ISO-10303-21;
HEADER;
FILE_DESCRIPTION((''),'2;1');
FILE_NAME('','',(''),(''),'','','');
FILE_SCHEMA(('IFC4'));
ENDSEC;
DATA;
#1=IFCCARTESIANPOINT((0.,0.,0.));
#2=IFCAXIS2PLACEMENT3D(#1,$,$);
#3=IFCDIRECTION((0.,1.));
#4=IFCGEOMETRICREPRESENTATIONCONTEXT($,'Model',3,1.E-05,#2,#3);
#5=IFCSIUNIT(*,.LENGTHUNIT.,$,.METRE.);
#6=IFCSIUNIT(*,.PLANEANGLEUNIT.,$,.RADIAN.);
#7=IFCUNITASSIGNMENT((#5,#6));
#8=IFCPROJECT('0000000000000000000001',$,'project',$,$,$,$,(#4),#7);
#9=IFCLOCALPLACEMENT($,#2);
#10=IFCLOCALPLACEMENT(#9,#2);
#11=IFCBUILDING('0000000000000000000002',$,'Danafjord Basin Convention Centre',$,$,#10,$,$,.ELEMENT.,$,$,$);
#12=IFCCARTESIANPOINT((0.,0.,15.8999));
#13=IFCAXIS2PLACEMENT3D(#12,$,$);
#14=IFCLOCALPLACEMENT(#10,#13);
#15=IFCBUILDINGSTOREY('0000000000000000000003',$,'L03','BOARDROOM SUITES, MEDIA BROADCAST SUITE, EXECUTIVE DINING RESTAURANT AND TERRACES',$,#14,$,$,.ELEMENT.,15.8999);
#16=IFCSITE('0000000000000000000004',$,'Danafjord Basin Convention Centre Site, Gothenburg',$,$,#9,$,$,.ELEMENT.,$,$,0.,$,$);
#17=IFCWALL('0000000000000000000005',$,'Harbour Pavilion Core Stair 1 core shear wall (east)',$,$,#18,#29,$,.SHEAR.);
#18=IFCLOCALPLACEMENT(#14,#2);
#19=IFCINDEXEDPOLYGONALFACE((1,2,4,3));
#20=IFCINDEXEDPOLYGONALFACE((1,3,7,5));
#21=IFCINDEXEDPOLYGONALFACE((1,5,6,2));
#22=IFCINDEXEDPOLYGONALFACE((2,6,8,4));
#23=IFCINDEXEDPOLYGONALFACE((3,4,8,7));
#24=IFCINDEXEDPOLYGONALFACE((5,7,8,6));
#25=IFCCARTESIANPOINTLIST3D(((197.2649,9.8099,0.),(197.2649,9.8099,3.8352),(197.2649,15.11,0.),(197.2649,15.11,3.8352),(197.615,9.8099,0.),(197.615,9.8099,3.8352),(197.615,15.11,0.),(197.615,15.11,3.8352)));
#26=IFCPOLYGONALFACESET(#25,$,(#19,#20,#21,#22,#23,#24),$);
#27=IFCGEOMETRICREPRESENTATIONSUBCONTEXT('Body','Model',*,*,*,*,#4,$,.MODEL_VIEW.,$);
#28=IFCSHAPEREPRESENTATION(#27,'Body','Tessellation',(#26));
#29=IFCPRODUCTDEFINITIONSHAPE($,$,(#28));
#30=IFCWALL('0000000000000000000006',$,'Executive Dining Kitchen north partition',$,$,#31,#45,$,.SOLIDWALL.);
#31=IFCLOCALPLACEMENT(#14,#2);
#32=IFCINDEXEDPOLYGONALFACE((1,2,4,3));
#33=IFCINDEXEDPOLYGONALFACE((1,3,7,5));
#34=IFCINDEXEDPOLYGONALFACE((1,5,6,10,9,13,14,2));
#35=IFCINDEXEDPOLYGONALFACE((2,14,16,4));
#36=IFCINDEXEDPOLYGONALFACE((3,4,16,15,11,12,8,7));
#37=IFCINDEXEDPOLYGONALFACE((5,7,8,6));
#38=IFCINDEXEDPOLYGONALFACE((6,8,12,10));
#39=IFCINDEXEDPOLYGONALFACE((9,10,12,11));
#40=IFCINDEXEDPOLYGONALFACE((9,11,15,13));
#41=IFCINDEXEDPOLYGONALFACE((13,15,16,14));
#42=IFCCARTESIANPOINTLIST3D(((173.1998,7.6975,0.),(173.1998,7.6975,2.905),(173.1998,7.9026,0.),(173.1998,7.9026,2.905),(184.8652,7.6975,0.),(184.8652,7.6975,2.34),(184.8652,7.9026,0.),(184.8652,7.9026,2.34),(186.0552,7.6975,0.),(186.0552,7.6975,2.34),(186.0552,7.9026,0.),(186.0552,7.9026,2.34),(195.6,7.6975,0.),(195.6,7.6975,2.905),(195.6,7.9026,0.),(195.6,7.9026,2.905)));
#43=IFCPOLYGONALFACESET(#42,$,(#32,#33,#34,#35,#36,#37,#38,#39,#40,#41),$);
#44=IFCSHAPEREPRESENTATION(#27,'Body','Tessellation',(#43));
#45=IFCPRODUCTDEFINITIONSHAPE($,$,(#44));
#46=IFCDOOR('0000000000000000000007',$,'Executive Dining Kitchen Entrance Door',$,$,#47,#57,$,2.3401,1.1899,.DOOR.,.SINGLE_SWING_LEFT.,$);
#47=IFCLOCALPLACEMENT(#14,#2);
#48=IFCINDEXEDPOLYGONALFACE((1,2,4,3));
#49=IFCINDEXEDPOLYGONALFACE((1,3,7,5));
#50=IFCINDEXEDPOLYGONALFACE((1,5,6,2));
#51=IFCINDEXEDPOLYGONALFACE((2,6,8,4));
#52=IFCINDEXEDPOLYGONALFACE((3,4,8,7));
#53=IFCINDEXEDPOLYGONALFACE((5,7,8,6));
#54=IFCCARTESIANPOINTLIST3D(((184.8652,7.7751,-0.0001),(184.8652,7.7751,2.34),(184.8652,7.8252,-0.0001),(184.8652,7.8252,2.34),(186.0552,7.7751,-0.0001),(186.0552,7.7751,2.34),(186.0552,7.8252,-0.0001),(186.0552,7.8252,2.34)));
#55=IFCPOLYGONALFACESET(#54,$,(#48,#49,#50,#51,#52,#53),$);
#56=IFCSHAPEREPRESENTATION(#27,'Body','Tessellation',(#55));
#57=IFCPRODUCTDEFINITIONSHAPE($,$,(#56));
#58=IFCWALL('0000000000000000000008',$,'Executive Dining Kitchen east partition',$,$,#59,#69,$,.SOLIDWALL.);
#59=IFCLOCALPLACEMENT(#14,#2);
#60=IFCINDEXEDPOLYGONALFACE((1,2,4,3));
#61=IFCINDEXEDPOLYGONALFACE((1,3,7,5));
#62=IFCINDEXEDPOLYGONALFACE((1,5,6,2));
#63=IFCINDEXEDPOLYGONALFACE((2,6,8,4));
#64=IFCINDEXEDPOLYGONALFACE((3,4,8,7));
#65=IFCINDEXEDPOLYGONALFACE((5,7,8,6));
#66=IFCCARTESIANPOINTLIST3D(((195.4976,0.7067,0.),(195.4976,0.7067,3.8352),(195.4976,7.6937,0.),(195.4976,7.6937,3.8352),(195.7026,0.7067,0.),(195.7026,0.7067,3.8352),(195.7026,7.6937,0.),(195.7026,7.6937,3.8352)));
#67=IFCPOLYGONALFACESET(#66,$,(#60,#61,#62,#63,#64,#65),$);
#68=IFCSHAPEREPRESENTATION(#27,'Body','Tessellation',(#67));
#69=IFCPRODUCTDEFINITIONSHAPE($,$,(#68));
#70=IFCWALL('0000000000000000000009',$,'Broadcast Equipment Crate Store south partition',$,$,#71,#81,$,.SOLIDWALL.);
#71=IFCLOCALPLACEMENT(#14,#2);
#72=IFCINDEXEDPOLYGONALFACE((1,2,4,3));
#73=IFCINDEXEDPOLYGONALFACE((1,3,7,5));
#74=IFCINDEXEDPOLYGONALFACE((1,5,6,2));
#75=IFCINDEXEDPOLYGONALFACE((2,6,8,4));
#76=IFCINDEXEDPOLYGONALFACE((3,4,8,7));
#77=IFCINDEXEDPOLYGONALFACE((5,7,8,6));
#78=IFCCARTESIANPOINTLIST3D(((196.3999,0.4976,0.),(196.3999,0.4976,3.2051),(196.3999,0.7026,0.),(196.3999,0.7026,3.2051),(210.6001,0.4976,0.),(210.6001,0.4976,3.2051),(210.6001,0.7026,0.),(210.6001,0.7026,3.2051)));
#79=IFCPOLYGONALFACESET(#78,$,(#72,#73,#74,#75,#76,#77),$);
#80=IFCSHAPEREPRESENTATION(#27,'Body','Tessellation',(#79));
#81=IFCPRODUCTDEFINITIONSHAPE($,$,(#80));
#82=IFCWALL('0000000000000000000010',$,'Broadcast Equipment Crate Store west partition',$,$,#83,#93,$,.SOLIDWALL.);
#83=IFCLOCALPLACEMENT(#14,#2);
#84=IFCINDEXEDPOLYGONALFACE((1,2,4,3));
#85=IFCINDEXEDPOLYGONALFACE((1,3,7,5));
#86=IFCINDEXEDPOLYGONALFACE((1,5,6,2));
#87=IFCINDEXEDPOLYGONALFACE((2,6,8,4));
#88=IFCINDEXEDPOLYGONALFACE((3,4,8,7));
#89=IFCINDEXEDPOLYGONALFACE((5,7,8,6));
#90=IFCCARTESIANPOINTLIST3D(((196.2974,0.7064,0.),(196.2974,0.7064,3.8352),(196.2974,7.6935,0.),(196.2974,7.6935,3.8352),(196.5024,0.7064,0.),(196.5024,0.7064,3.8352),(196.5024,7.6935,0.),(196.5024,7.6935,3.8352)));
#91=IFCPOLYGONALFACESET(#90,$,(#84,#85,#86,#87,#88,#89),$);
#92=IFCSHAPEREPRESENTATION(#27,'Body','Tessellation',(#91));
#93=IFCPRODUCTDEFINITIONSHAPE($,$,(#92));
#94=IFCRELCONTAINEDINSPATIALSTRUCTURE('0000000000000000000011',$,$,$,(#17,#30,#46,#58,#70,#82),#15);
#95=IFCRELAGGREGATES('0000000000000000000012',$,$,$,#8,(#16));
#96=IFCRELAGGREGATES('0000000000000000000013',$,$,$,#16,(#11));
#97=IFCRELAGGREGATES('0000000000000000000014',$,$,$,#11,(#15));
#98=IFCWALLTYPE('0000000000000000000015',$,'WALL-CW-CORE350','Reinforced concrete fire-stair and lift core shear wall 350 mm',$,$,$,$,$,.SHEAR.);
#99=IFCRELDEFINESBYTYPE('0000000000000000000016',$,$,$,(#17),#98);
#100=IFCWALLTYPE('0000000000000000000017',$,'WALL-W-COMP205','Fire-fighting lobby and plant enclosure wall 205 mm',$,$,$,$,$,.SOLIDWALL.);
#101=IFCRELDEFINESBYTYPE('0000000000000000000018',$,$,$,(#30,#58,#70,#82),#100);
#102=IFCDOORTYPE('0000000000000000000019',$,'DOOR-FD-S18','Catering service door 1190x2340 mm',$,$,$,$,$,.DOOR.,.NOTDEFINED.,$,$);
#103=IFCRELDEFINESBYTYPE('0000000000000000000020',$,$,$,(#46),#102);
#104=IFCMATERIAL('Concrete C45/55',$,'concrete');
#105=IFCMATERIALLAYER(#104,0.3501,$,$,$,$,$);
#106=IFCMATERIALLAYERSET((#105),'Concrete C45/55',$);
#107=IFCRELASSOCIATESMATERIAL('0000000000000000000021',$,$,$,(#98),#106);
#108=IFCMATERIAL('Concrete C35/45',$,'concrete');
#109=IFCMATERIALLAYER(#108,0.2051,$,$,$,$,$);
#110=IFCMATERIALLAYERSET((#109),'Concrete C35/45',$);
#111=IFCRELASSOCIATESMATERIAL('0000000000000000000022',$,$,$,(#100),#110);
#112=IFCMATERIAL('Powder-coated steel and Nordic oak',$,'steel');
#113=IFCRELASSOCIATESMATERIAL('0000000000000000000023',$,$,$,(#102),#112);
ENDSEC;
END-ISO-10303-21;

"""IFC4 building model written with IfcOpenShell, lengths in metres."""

from ifc_helpers import new_model, si_unit, direction, frame, frame_2d, origin, place, context, subcontext, project, spatial, rectangle, extrude, material, layer, layer_set, type_object, element, fill, save


model = new_model("IFC4")

# Units and contexts
model_context = context("Model", 3, precision=1e-05, world=origin(), true_north=direction((0.0, 1.0)))
body_context = subcontext(model_context, "Body", "Model", "MODEL_VIEW")
ifc_project = project(units=[si_unit("LENGTHUNIT", "METRE"), si_unit("PLANEANGLEUNIT", "RADIAN")], contexts=[model_context])

# Site, building, storey
site_placement = place(None, origin())
site = spatial("IfcSite", under=ifc_project, at=site_placement, Name="Danafjord Basin Convention Centre Site, Gothenburg", CompositionType="ELEMENT", RefElevation=0.0)
building_placement = place(site_placement, origin())
building = spatial("IfcBuilding", under=site, at=building_placement, Name="Danafjord Basin Convention Centre", CompositionType="ELEMENT")
storey_placement = place(building_placement, frame((0.0, 0.0, 15.8999)))
storey = spatial("IfcBuildingStorey", under=building, at=storey_placement, Name="L03", Description="BOARDROOM SUITES, MEDIA BROADCAST SUITE, EXECUTIVE DINING RESTAURANT AND TERRACES", CompositionType="ELEMENT", Elevation=15.8999)

# Wall
ifc_material_1 = material(Name="Concrete C45/55", Category="concrete")
ifc_layer_1 = layer(ifc_material_1, 0.3501)
ifc_layer_set_1 = layer_set([ifc_layer_1], Name="Concrete C45/55")
wall_type_1 = type_object("IfcWallType", Name="WALL-CW-CORE350", Description="Reinforced concrete fire-stair and lift core shear wall 350 mm", PredefinedType="SHEAR", material=ifc_layer_set_1)
wall_1_placement = place(storey_placement, frame((197.4399, 9.8101, 0.0), z_axis=(0.0, 0.0, 1.0), x_axis=(0.0, 1.0, 0.0)))
element("IfcWall", 1, at=wall_1_placement, inside=storey, type_object=wall_type_1, Name="Harbour Pavilion Core Stair 1 core shear wall (east)", PredefinedType="SHEAR", context=body_context, shape_type="SweptSolid", body=[
    extrude(rectangle(XDim=5.3, YDim=0.3501, at=frame_2d((2.6499, 0.0))), origin(), (0.0, 0.0, 1.0), 3.8352),
])

# Wall, opening, door
ifc_material_2 = material(Name="Concrete C35/45", Category="concrete")
ifc_layer_2 = layer(ifc_material_2, 0.2051)
ifc_layer_set_2 = layer_set([ifc_layer_2], Name="Concrete C35/45")
wall_type_2 = type_object("IfcWallType", Name="WALL-W-COMP205", Description="Fire-fighting lobby and plant enclosure wall 205 mm", PredefinedType="SOLIDWALL", material=ifc_layer_set_2)
wall_2_placement = place(storey_placement, frame((195.6001, 7.8, 0.0), z_axis=(0.0, 0.0, 1.0), x_axis=(-1.0, 0.0, 0.0)))
wall_2 = element("IfcWall", 2, at=wall_2_placement, inside=storey, type_object=wall_type_2, Name="Executive Dining Kitchen north partition", PredefinedType="SOLIDWALL", context=body_context, shape_type="SweptSolid", body=[
    extrude(rectangle(XDim=22.4001, YDim=0.2051, at=frame_2d((11.2002, 0.0))), origin(), (0.0, 0.0, 1.0), 2.905),
])
opening_placement = place(wall_2_placement, frame((9.5449, 0.0, 0.0)))
opening = element("IfcOpeningElement", 3, at=opening_placement, cuts=wall_2, PredefinedType="OPENING", context=body_context, shape_type="SweptSolid", body=[
    extrude(rectangle(XDim=1.1899, YDim=2.3401, at=frame_2d((0.595, 1.1699))), frame((0.0, 0.1125, 0.0), z_axis=(0.0, -1.0, 0.0), x_axis=(1.0, 0.0, 0.0)), (0.0, 0.0, 1.0), 0.2251),
])
ifc_material_3 = material(Name="Powder-coated steel and Nordic oak", Category="steel")
door_type = type_object("IfcDoorType", Name="DOOR-FD-S18", Description="Catering service door 1190x2340 mm", OperationType="NOTDEFINED", PredefinedType="DOOR", material=ifc_material_3)
door_placement = place(opening_placement, origin())
door = element("IfcDoor", 4, at=door_placement, inside=storey, type_object=door_type, Name="Executive Dining Kitchen Entrance Door", OperationType="SINGLE_SWING_LEFT", OverallHeight=2.3401, OverallWidth=1.1899, PredefinedType="DOOR", context=body_context, shape_type="SweptSolid", body=[
    extrude(rectangle(XDim=1.1899, YDim=2.3401, at=frame_2d((0.595, 1.1699))), frame((0.0, 0.0249, 0.0), z_axis=(0.0, -1.0, 0.0), x_axis=(1.0, 0.0, 0.0)), (0.0, 0.0, 1.0), 0.05),
])
fill(opening, door)

# Walls
wall_3_placement = place(storey_placement, frame((195.6001, 0.7065, 0.0), z_axis=(0.0, 0.0, 1.0), x_axis=(0.0, 1.0, 0.0)))
element("IfcWall", 5, at=wall_3_placement, inside=storey, type_object=wall_type_2, Name="Executive Dining Kitchen east partition", PredefinedType="SOLIDWALL", context=body_context, shape_type="SweptSolid", body=[
    extrude(rectangle(XDim=6.9871, YDim=0.2051, at=frame_2d((3.4937, 0.0))), origin(), (0.0, 0.0, 1.0), 3.8352),
])
wall_4_placement = place(storey_placement, frame((196.3999, 0.6001, 0.0), z_axis=(0.0, 0.0, 1.0), x_axis=(1.0, 0.0, 0.0)))
element("IfcWall", 6, at=wall_4_placement, inside=storey, type_object=wall_type_2, Name="Broadcast Equipment Crate Store south partition", PredefinedType="SOLIDWALL", context=body_context, shape_type="SweptSolid", body=[
    extrude(rectangle(XDim=14.2002, YDim=0.2051, at=frame_2d((7.1001, 0.0))), origin(), (0.0, 0.0, 1.0), 3.2051),
])
wall_5_placement = place(storey_placement, frame((196.3999, 7.6936, 0.0), z_axis=(0.0, 0.0, 1.0), x_axis=(0.0, -1.0, 0.0)))
element("IfcWall", 7, at=wall_5_placement, inside=storey, type_object=wall_type_2, Name="Broadcast Equipment Crate Store west partition", PredefinedType="SOLIDWALL", context=body_context, shape_type="SweptSolid", body=[
    extrude(rectangle(XDim=6.9871, YDim=0.2051, at=frame_2d((3.4937, 0.0))), origin(), (0.0, 0.0, 1.0), 3.8352),
])

save(model, "model.ifc")
